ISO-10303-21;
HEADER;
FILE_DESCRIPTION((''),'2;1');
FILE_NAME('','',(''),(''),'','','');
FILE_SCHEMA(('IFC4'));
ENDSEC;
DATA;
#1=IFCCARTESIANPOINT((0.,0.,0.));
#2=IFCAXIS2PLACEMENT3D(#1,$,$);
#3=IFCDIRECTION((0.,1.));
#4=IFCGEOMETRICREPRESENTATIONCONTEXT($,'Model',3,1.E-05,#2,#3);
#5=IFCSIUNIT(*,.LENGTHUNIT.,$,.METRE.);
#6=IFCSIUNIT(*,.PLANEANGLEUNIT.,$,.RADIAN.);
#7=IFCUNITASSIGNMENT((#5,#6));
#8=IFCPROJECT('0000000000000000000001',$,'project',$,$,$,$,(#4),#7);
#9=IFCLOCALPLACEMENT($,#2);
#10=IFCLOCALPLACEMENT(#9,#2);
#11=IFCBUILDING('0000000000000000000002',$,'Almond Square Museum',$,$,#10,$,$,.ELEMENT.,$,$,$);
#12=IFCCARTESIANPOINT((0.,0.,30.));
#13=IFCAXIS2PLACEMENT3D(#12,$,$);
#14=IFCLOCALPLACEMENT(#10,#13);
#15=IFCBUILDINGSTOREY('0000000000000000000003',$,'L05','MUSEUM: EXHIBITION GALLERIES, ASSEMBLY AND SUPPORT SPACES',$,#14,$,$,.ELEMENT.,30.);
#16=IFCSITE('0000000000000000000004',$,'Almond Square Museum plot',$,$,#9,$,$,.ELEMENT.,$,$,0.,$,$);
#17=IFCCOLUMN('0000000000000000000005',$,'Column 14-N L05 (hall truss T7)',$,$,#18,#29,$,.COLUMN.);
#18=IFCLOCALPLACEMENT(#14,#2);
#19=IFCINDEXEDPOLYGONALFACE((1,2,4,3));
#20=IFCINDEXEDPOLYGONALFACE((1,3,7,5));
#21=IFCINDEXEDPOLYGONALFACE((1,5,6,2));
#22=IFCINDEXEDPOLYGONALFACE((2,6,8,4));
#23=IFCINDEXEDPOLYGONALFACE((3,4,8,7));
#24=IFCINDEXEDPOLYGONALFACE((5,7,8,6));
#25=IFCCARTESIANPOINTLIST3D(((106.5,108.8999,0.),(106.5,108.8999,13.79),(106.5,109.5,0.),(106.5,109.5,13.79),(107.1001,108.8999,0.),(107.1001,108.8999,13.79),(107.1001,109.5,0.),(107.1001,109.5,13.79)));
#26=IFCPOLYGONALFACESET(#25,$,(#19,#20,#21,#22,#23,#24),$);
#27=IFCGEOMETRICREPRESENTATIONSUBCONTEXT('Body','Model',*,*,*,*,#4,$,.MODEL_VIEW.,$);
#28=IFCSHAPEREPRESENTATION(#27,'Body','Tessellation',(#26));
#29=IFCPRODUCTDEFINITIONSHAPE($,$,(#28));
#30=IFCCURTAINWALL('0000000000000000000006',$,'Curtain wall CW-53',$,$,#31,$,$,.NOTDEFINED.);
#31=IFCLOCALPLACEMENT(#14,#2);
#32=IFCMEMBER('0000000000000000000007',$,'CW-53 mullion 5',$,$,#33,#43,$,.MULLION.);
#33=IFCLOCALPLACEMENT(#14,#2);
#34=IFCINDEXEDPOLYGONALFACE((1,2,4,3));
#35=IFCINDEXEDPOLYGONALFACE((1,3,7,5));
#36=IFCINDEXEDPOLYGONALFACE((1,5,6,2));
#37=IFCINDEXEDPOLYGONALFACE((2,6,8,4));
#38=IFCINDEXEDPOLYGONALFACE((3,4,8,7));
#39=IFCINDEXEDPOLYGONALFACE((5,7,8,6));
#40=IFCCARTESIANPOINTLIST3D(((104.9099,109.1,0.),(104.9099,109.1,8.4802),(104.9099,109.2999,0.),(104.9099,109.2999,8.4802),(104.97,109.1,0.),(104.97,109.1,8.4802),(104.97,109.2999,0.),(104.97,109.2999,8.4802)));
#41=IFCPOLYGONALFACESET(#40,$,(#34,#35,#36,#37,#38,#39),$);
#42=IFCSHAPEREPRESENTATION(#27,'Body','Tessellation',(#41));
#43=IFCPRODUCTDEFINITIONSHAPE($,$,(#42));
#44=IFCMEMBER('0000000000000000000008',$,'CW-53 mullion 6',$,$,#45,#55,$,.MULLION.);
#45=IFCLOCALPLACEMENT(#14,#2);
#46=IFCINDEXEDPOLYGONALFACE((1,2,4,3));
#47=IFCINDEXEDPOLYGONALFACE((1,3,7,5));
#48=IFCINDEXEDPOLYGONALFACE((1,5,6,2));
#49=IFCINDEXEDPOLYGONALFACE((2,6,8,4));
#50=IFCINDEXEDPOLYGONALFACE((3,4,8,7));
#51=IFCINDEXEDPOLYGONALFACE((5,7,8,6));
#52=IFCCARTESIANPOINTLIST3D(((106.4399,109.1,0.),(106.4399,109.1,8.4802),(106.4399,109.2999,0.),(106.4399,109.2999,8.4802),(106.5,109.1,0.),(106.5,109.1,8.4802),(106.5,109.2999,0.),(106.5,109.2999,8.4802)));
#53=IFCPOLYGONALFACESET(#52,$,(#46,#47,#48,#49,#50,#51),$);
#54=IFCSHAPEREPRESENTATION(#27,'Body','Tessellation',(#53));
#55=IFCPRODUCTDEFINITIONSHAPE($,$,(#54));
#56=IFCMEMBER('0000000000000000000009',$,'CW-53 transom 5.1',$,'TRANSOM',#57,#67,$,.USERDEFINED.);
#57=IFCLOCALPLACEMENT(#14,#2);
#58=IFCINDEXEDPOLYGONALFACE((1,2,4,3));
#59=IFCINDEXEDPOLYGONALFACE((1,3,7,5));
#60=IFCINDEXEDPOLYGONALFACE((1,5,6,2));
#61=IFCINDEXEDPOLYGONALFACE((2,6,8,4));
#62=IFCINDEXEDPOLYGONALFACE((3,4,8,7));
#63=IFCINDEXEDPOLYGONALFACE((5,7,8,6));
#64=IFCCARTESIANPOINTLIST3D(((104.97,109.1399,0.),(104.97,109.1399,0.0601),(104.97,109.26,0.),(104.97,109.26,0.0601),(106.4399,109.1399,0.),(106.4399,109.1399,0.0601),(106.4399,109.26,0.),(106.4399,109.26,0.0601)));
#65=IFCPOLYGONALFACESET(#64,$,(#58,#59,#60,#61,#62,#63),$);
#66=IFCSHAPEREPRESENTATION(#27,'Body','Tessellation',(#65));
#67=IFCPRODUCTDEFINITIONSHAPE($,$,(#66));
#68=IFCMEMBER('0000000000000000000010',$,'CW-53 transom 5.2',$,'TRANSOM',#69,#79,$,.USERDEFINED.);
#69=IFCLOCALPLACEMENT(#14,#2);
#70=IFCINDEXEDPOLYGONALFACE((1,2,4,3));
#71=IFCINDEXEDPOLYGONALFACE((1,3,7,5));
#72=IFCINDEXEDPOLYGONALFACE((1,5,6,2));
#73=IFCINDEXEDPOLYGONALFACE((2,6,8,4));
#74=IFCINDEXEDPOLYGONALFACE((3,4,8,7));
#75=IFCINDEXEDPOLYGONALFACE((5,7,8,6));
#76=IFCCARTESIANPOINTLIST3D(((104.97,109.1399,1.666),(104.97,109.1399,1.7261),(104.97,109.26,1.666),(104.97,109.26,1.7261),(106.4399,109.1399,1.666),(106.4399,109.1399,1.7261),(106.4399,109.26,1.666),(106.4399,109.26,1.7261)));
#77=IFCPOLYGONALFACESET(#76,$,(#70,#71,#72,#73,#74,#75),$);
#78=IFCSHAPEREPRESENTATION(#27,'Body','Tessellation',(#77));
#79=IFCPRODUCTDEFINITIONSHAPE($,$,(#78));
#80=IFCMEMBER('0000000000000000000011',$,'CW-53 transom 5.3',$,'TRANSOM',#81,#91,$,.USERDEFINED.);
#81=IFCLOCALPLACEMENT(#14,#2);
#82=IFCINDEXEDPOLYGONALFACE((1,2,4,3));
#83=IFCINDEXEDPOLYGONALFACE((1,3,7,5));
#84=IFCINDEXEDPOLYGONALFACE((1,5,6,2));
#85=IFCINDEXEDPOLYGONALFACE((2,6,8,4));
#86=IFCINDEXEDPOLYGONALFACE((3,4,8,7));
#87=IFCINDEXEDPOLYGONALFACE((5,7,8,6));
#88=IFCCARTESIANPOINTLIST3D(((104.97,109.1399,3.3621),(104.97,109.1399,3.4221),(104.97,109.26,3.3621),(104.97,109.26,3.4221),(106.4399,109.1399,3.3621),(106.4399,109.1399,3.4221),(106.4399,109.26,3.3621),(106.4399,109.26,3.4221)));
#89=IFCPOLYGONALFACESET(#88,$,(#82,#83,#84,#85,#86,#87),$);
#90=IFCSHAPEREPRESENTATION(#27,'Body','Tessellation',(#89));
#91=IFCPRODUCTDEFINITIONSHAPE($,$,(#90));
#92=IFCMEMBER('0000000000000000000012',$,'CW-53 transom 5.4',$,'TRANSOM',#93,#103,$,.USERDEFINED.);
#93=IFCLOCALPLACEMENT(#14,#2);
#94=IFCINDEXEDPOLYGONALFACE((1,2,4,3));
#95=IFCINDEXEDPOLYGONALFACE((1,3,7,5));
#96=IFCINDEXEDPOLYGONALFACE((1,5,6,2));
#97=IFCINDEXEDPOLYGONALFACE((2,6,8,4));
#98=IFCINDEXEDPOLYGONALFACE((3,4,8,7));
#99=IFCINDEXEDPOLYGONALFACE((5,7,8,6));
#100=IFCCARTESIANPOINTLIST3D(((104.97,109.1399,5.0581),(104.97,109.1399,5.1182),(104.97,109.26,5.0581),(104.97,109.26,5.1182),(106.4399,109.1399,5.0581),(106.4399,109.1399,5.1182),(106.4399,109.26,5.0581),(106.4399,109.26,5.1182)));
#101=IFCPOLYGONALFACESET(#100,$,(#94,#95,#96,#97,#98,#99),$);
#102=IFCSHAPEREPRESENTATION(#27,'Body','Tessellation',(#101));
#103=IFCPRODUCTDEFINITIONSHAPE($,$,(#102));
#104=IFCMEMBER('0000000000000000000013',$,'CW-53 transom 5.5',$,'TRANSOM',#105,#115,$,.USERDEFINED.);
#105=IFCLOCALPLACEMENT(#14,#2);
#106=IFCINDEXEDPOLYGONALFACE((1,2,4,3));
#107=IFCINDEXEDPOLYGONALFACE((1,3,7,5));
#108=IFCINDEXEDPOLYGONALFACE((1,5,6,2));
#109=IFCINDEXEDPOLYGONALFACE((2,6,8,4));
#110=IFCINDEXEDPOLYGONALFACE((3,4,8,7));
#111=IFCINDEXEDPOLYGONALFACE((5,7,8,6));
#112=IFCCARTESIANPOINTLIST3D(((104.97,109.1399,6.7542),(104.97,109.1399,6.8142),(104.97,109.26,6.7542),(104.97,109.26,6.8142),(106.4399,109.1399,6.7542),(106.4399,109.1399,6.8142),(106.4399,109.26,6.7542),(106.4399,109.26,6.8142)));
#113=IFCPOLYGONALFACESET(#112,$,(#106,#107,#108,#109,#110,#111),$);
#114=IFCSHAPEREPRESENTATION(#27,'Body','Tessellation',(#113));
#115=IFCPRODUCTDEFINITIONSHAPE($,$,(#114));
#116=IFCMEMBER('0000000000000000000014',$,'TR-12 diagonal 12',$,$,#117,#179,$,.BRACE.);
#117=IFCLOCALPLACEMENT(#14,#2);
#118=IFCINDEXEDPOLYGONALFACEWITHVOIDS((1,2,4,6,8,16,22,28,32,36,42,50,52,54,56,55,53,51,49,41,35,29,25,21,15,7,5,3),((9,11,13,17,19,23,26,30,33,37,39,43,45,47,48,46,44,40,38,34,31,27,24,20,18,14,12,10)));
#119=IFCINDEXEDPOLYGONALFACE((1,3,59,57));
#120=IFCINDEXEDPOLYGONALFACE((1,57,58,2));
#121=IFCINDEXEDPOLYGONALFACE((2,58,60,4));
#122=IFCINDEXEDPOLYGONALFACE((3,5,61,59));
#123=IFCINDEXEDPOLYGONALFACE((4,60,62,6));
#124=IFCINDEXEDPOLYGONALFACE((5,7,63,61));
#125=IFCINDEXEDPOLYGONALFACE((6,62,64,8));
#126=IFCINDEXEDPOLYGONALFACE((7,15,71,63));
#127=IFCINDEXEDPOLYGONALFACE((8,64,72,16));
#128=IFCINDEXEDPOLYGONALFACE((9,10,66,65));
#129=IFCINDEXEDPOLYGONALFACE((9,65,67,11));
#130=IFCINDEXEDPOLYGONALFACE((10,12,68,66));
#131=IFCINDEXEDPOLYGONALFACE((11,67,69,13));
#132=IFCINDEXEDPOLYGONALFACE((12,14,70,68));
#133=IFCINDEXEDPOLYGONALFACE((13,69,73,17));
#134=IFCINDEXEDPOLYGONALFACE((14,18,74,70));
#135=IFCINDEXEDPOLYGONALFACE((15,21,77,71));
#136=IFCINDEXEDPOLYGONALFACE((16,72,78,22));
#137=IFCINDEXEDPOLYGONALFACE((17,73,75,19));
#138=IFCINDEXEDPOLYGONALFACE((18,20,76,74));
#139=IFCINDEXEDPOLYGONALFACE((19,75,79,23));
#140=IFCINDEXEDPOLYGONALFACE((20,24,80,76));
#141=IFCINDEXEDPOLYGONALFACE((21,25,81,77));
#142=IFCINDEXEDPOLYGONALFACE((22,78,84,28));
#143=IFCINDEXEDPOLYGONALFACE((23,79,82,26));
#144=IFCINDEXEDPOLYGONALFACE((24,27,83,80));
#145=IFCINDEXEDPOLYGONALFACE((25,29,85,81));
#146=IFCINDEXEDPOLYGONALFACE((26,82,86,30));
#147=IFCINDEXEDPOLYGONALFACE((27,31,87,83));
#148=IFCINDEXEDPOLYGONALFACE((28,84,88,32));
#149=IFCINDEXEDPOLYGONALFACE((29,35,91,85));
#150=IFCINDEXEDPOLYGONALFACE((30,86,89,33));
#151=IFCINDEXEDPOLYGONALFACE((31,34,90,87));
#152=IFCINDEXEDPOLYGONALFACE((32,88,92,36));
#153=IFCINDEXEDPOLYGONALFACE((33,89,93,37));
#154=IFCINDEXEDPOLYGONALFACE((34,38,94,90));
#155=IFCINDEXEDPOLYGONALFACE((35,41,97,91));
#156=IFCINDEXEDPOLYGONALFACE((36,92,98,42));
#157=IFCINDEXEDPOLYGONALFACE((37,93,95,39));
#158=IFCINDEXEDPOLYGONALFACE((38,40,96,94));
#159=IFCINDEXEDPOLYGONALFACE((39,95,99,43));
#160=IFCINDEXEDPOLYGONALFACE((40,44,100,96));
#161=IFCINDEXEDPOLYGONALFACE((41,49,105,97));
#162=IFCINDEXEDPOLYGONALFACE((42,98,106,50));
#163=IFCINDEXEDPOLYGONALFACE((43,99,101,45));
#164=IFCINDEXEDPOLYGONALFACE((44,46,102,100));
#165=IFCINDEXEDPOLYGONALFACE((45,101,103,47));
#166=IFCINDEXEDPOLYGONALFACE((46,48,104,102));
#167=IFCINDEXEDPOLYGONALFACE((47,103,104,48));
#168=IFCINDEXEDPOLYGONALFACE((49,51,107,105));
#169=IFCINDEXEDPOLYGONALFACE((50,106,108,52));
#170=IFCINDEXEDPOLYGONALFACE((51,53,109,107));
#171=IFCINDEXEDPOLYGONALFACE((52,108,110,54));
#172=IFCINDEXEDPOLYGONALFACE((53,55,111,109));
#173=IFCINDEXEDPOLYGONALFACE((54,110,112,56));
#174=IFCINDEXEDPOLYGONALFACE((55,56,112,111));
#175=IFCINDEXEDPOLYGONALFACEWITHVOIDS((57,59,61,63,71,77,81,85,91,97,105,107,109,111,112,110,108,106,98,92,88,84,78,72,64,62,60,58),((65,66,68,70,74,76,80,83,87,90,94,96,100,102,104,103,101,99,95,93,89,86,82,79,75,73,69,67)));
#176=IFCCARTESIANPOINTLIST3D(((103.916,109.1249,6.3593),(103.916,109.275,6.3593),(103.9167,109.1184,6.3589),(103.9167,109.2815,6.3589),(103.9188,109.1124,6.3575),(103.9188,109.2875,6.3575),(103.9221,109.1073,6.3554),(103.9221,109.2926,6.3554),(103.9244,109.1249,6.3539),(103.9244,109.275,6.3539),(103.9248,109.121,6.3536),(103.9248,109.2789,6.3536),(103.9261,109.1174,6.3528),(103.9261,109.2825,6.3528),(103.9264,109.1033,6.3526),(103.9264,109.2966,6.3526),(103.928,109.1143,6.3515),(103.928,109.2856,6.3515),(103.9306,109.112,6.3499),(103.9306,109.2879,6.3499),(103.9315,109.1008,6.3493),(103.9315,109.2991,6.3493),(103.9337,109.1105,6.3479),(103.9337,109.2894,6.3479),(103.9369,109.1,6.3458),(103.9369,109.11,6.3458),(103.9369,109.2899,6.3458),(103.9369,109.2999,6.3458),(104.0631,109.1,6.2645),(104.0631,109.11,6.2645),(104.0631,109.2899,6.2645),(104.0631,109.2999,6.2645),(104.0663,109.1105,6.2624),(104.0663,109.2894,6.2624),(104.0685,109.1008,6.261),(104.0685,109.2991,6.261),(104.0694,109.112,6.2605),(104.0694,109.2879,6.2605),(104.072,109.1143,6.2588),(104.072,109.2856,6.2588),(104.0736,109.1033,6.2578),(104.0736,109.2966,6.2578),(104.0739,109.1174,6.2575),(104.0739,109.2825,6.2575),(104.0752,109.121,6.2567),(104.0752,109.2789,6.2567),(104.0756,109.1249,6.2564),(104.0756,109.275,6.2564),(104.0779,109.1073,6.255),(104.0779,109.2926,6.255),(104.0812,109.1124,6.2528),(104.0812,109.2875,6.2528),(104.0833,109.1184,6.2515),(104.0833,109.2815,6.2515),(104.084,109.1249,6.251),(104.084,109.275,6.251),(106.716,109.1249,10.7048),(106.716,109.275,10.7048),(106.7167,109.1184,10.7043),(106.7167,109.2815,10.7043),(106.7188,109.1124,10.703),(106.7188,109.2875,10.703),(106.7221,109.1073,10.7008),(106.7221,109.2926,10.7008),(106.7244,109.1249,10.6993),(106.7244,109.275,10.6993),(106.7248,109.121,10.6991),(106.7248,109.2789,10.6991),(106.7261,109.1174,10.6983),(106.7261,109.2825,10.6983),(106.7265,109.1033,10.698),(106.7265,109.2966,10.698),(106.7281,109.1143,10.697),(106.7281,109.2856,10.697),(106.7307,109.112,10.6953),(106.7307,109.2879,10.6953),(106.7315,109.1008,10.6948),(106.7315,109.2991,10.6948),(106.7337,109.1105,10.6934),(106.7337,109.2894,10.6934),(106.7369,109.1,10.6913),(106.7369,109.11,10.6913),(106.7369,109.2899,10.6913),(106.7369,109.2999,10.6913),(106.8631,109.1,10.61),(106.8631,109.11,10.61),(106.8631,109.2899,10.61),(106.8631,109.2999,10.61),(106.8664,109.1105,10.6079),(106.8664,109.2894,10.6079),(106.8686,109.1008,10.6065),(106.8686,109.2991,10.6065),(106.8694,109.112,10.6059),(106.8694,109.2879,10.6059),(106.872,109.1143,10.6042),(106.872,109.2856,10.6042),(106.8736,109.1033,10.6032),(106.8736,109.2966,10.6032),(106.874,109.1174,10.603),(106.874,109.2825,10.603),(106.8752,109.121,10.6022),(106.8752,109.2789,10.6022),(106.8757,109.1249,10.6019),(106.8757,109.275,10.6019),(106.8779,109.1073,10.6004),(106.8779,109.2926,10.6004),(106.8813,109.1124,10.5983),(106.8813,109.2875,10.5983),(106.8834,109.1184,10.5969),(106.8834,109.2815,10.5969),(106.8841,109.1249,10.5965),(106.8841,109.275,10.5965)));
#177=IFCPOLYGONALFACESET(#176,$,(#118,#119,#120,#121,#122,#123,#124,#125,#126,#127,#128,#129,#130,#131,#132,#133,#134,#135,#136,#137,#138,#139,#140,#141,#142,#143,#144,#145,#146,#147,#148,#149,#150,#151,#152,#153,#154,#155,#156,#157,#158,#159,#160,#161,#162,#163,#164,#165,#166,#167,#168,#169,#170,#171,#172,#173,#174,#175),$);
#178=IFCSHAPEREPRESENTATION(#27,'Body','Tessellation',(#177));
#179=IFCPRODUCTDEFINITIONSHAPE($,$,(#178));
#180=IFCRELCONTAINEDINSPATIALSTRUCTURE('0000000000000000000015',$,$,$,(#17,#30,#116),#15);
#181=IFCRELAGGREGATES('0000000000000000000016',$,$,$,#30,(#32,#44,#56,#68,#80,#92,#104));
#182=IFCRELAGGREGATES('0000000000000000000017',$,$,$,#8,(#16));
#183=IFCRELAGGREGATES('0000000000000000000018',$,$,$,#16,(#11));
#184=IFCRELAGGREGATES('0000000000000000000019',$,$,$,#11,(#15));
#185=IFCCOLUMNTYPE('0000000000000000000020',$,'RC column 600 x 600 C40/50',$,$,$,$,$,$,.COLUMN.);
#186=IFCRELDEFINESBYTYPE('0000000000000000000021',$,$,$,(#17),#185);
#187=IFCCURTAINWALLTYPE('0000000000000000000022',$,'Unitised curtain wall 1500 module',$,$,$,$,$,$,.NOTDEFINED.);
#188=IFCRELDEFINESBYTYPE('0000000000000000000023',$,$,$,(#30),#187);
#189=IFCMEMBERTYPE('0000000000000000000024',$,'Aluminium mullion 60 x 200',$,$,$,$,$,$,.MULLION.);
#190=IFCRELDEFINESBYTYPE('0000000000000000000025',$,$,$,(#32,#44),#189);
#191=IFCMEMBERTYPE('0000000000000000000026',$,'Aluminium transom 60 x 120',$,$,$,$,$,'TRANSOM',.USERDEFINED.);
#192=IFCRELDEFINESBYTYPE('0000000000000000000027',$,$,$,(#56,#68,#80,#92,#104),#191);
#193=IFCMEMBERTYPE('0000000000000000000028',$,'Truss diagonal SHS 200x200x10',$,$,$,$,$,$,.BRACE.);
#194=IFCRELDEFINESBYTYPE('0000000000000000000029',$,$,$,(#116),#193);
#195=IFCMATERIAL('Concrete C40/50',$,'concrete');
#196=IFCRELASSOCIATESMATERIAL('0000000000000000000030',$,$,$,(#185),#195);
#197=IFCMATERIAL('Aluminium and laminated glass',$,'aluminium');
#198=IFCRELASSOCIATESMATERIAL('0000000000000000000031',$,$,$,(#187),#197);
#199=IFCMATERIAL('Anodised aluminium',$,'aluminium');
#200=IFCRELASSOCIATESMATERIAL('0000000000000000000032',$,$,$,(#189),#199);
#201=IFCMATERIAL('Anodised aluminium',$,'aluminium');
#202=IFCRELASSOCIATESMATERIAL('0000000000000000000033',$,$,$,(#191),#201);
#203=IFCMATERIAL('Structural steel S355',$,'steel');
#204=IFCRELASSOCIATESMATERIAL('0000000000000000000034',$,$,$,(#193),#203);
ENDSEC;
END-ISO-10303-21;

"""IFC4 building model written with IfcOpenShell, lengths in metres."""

from ifc_helpers import new_model, si_unit, direction, frame, origin, origin_2d, place, context, subcontext, project, spatial, rectangle, hollow_rectangle, extrude, material, material_profile, profile_set, type_object, element, aggregate, save


model = new_model("IFC4")

# Units and contexts
model_context = context("Model", 3, precision=1e-05, world=origin(), true_north=direction((0.0, 1.0)))
body_context = subcontext(model_context, "Body", "Model", "MODEL_VIEW")
ifc_project = project(units=[si_unit("LENGTHUNIT", "METRE"), si_unit("PLANEANGLEUNIT", "RADIAN")], contexts=[model_context])

# Site, building, storey
site_placement = place(None, origin())
site = spatial("IfcSite", under=ifc_project, at=site_placement, Name="Almond Square Museum plot", CompositionType="ELEMENT", RefElevation=0.0)
building_placement = place(site_placement, origin())
building = spatial("IfcBuilding", under=site, at=building_placement, Name="Almond Square Museum", CompositionType="ELEMENT")
storey_placement = place(building_placement, frame((0.0, 0.0, 30.0)))
storey = spatial("IfcBuildingStorey", under=building, at=storey_placement, Name="L05", Description="MUSEUM: EXHIBITION GALLERIES, ASSEMBLY AND SUPPORT SPACES", CompositionType="ELEMENT", Elevation=30.0)

# Column
ifc_material_1 = material(Name="Concrete C40/50", Category="concrete")
ifc_material_profile_1 = material_profile(ifc_material_1, rectangle(XDim=0.6001, YDim=0.6001, at=origin_2d()))
ifc_profile_set_1 = profile_set([ifc_material_profile_1], Name="Concrete C40/50")
column_type = type_object("IfcColumnType", Name="RC column 600 x 600 C40/50", PredefinedType="COLUMN", material=ifc_profile_set_1)
column_placement = place(storey_placement, frame((106.8, 109.2, 0.0), z_axis=(0.0, 0.0, 1.0), x_axis=(1.0, 0.0, 0.0)))
element("IfcColumn", 1, at=column_placement, inside=storey, type_object=column_type, Name="Column 14-N L05 (hall truss T7)", PredefinedType="COLUMN", context=body_context, shape_type="SweptSolid", body=[
    extrude(rectangle(XDim=0.6001, YDim=0.6001, at=origin_2d()), origin(), (0.0, 0.0, 1.0), 13.79),
])

# Curtain wall, members
ifc_material_2 = material(Name="Aluminium and laminated glass", Category="aluminium")
curtain_wall_type = type_object("IfcCurtainWallType", Name="Unitised curtain wall 1500 module", PredefinedType="NOTDEFINED", material=ifc_material_2)
curtain_wall_placement = place(storey_placement, origin())
curtain_wall = element("IfcCurtainWall", 2, at=curtain_wall_placement, inside=storey, type_object=curtain_wall_type, Name="Curtain wall CW-53", PredefinedType="NOTDEFINED")
ifc_material_3 = material(Name="Anodised aluminium", Category="aluminium")
ifc_material_profile_2 = material_profile(ifc_material_3, rectangle(XDim=0.2, YDim=0.0601, at=origin_2d()))
ifc_profile_set_2 = profile_set([ifc_material_profile_2], Name="Anodised aluminium")
member_type_1 = type_object("IfcMemberType", Name="Aluminium mullion 60 x 200", PredefinedType="MULLION", material=ifc_profile_set_2)
member_1_placement = place(storey_placement, frame((104.9399, 109.2, 0.0), z_axis=(0.0, 0.0, 1.0), x_axis=(0.0, 1.0, 0.0)))
member_1 = element("IfcMember", 3, at=member_1_placement, type_object=member_type_1, Name="CW-53 mullion 5", PredefinedType="MULLION", context=body_context, shape_type="SweptSolid", body=[
    extrude(rectangle(XDim=0.2, YDim=0.0601, at=origin_2d()), origin(), (0.0, 0.0, 1.0), 8.4802),
])
member_2_placement = place(storey_placement, frame((106.47, 109.2, 0.0), z_axis=(0.0, 0.0, 1.0), x_axis=(0.0, 1.0, 0.0)))
member_2 = element("IfcMember", 4, at=member_2_placement, type_object=member_type_1, Name="CW-53 mullion 6", PredefinedType="MULLION", context=body_context, shape_type="SweptSolid", body=[
    extrude(rectangle(XDim=0.2, YDim=0.0601, at=origin_2d()), origin(), (0.0, 0.0, 1.0), 8.4802),
])
ifc_material_4 = material(Name="Anodised aluminium", Category="aluminium")
ifc_material_profile_3 = material_profile(ifc_material_4, rectangle(XDim=0.1201, YDim=0.0601, at=origin_2d()))
ifc_profile_set_3 = profile_set([ifc_material_profile_3], Name="Anodised aluminium")
member_type_2 = type_object("IfcMemberType", Name="Aluminium transom 60 x 120", ElementType="TRANSOM", PredefinedType="USERDEFINED", material=ifc_profile_set_3)
member_3_placement = place(storey_placement, frame((104.97, 109.2, 0.03), z_axis=(1.0, 0.0, 0.0), x_axis=(0.0, 1.0, 0.0)))
member_3 = element("IfcMember", 5, at=member_3_placement, type_object=member_type_2, Name="CW-53 transom 5.1", ObjectType="TRANSOM", PredefinedType="USERDEFINED", context=body_context, shape_type="SweptSolid", body=[
    extrude(rectangle(XDim=0.1201, YDim=0.0601, at=origin_2d()), origin(), (0.0, 0.0, 1.0), 1.47),
])
member_4_placement = place(storey_placement, frame((104.97, 109.2, 1.696), z_axis=(1.0, 0.0, 0.0), x_axis=(0.0, 1.0, 0.0)))
member_4 = element("IfcMember", 6, at=member_4_placement, type_object=member_type_2, Name="CW-53 transom 5.2", ObjectType="TRANSOM", PredefinedType="USERDEFINED", context=body_context, shape_type="SweptSolid", body=[
    extrude(rectangle(XDim=0.1201, YDim=0.0601, at=origin_2d()), origin(), (0.0, 0.0, 1.0), 1.47),
])
member_5_placement = place(storey_placement, frame((104.97, 109.2, 3.3921), z_axis=(1.0, 0.0, 0.0), x_axis=(0.0, 1.0, 0.0)))
member_5 = element("IfcMember", 7, at=member_5_placement, type_object=member_type_2, Name="CW-53 transom 5.3", ObjectType="TRANSOM", PredefinedType="USERDEFINED", context=body_context, shape_type="SweptSolid", body=[
    extrude(rectangle(XDim=0.1201, YDim=0.0601, at=origin_2d()), origin(), (0.0, 0.0, 1.0), 1.47),
])
member_6_placement = place(storey_placement, frame((104.97, 109.2, 5.0881), z_axis=(1.0, 0.0, 0.0), x_axis=(0.0, 1.0, 0.0)))
member_6 = element("IfcMember", 8, at=member_6_placement, type_object=member_type_2, Name="CW-53 transom 5.4", ObjectType="TRANSOM", PredefinedType="USERDEFINED", context=body_context, shape_type="SweptSolid", body=[
    extrude(rectangle(XDim=0.1201, YDim=0.0601, at=origin_2d()), origin(), (0.0, 0.0, 1.0), 1.47),
])
member_7_placement = place(storey_placement, frame((104.97, 109.2, 6.7842), z_axis=(1.0, 0.0, 0.0), x_axis=(0.0, 1.0, 0.0)))
member_7 = element("IfcMember", 9, at=member_7_placement, type_object=member_type_2, Name="CW-53 transom 5.5", ObjectType="TRANSOM", PredefinedType="USERDEFINED", context=body_context, shape_type="SweptSolid", body=[
    extrude(rectangle(XDim=0.1201, YDim=0.0601, at=origin_2d()), origin(), (0.0, 0.0, 1.0), 1.47),
])

# Member
ifc_material_5 = material(Name="Structural steel S355", Category="steel")
ifc_material_profile_4 = material_profile(ifc_material_5, hollow_rectangle(XDim=0.2, YDim=0.2, WallThickness=0.01, InnerFilletRadius=0.0149, OuterFilletRadius=0.0249, at=origin_2d()))
ifc_profile_set_4 = profile_set([ifc_material_profile_4], Name="Structural steel S355")
member_type_3 = type_object("IfcMemberType", Name="Truss diagonal SHS 200x200x10", PredefinedType="BRACE", material=ifc_profile_set_4)
member_8_placement = place(storey_placement, frame((104.0, 109.2, 6.3052), z_axis=(0.541652, 0.0, 0.840603), x_axis=(0.0, 1.0, 0.0)))
element("IfcMember", 10, at=member_8_placement, inside=storey, type_object=member_type_3, Name="TR-12 diagonal 12", PredefinedType="BRACE", context=body_context, shape_type="SweptSolid", body=[
    extrude(hollow_rectangle(XDim=0.2, YDim=0.2, WallThickness=0.01, InnerFilletRadius=0.0149, OuterFilletRadius=0.0249, at=origin_2d()), origin(), (0.0, 0.0, 1.0), 5.1694),
])

aggregate(curtain_wall, [member_1, member_2, member_3, member_4, member_5, member_6, member_7])

save(model, "model.ifc")
